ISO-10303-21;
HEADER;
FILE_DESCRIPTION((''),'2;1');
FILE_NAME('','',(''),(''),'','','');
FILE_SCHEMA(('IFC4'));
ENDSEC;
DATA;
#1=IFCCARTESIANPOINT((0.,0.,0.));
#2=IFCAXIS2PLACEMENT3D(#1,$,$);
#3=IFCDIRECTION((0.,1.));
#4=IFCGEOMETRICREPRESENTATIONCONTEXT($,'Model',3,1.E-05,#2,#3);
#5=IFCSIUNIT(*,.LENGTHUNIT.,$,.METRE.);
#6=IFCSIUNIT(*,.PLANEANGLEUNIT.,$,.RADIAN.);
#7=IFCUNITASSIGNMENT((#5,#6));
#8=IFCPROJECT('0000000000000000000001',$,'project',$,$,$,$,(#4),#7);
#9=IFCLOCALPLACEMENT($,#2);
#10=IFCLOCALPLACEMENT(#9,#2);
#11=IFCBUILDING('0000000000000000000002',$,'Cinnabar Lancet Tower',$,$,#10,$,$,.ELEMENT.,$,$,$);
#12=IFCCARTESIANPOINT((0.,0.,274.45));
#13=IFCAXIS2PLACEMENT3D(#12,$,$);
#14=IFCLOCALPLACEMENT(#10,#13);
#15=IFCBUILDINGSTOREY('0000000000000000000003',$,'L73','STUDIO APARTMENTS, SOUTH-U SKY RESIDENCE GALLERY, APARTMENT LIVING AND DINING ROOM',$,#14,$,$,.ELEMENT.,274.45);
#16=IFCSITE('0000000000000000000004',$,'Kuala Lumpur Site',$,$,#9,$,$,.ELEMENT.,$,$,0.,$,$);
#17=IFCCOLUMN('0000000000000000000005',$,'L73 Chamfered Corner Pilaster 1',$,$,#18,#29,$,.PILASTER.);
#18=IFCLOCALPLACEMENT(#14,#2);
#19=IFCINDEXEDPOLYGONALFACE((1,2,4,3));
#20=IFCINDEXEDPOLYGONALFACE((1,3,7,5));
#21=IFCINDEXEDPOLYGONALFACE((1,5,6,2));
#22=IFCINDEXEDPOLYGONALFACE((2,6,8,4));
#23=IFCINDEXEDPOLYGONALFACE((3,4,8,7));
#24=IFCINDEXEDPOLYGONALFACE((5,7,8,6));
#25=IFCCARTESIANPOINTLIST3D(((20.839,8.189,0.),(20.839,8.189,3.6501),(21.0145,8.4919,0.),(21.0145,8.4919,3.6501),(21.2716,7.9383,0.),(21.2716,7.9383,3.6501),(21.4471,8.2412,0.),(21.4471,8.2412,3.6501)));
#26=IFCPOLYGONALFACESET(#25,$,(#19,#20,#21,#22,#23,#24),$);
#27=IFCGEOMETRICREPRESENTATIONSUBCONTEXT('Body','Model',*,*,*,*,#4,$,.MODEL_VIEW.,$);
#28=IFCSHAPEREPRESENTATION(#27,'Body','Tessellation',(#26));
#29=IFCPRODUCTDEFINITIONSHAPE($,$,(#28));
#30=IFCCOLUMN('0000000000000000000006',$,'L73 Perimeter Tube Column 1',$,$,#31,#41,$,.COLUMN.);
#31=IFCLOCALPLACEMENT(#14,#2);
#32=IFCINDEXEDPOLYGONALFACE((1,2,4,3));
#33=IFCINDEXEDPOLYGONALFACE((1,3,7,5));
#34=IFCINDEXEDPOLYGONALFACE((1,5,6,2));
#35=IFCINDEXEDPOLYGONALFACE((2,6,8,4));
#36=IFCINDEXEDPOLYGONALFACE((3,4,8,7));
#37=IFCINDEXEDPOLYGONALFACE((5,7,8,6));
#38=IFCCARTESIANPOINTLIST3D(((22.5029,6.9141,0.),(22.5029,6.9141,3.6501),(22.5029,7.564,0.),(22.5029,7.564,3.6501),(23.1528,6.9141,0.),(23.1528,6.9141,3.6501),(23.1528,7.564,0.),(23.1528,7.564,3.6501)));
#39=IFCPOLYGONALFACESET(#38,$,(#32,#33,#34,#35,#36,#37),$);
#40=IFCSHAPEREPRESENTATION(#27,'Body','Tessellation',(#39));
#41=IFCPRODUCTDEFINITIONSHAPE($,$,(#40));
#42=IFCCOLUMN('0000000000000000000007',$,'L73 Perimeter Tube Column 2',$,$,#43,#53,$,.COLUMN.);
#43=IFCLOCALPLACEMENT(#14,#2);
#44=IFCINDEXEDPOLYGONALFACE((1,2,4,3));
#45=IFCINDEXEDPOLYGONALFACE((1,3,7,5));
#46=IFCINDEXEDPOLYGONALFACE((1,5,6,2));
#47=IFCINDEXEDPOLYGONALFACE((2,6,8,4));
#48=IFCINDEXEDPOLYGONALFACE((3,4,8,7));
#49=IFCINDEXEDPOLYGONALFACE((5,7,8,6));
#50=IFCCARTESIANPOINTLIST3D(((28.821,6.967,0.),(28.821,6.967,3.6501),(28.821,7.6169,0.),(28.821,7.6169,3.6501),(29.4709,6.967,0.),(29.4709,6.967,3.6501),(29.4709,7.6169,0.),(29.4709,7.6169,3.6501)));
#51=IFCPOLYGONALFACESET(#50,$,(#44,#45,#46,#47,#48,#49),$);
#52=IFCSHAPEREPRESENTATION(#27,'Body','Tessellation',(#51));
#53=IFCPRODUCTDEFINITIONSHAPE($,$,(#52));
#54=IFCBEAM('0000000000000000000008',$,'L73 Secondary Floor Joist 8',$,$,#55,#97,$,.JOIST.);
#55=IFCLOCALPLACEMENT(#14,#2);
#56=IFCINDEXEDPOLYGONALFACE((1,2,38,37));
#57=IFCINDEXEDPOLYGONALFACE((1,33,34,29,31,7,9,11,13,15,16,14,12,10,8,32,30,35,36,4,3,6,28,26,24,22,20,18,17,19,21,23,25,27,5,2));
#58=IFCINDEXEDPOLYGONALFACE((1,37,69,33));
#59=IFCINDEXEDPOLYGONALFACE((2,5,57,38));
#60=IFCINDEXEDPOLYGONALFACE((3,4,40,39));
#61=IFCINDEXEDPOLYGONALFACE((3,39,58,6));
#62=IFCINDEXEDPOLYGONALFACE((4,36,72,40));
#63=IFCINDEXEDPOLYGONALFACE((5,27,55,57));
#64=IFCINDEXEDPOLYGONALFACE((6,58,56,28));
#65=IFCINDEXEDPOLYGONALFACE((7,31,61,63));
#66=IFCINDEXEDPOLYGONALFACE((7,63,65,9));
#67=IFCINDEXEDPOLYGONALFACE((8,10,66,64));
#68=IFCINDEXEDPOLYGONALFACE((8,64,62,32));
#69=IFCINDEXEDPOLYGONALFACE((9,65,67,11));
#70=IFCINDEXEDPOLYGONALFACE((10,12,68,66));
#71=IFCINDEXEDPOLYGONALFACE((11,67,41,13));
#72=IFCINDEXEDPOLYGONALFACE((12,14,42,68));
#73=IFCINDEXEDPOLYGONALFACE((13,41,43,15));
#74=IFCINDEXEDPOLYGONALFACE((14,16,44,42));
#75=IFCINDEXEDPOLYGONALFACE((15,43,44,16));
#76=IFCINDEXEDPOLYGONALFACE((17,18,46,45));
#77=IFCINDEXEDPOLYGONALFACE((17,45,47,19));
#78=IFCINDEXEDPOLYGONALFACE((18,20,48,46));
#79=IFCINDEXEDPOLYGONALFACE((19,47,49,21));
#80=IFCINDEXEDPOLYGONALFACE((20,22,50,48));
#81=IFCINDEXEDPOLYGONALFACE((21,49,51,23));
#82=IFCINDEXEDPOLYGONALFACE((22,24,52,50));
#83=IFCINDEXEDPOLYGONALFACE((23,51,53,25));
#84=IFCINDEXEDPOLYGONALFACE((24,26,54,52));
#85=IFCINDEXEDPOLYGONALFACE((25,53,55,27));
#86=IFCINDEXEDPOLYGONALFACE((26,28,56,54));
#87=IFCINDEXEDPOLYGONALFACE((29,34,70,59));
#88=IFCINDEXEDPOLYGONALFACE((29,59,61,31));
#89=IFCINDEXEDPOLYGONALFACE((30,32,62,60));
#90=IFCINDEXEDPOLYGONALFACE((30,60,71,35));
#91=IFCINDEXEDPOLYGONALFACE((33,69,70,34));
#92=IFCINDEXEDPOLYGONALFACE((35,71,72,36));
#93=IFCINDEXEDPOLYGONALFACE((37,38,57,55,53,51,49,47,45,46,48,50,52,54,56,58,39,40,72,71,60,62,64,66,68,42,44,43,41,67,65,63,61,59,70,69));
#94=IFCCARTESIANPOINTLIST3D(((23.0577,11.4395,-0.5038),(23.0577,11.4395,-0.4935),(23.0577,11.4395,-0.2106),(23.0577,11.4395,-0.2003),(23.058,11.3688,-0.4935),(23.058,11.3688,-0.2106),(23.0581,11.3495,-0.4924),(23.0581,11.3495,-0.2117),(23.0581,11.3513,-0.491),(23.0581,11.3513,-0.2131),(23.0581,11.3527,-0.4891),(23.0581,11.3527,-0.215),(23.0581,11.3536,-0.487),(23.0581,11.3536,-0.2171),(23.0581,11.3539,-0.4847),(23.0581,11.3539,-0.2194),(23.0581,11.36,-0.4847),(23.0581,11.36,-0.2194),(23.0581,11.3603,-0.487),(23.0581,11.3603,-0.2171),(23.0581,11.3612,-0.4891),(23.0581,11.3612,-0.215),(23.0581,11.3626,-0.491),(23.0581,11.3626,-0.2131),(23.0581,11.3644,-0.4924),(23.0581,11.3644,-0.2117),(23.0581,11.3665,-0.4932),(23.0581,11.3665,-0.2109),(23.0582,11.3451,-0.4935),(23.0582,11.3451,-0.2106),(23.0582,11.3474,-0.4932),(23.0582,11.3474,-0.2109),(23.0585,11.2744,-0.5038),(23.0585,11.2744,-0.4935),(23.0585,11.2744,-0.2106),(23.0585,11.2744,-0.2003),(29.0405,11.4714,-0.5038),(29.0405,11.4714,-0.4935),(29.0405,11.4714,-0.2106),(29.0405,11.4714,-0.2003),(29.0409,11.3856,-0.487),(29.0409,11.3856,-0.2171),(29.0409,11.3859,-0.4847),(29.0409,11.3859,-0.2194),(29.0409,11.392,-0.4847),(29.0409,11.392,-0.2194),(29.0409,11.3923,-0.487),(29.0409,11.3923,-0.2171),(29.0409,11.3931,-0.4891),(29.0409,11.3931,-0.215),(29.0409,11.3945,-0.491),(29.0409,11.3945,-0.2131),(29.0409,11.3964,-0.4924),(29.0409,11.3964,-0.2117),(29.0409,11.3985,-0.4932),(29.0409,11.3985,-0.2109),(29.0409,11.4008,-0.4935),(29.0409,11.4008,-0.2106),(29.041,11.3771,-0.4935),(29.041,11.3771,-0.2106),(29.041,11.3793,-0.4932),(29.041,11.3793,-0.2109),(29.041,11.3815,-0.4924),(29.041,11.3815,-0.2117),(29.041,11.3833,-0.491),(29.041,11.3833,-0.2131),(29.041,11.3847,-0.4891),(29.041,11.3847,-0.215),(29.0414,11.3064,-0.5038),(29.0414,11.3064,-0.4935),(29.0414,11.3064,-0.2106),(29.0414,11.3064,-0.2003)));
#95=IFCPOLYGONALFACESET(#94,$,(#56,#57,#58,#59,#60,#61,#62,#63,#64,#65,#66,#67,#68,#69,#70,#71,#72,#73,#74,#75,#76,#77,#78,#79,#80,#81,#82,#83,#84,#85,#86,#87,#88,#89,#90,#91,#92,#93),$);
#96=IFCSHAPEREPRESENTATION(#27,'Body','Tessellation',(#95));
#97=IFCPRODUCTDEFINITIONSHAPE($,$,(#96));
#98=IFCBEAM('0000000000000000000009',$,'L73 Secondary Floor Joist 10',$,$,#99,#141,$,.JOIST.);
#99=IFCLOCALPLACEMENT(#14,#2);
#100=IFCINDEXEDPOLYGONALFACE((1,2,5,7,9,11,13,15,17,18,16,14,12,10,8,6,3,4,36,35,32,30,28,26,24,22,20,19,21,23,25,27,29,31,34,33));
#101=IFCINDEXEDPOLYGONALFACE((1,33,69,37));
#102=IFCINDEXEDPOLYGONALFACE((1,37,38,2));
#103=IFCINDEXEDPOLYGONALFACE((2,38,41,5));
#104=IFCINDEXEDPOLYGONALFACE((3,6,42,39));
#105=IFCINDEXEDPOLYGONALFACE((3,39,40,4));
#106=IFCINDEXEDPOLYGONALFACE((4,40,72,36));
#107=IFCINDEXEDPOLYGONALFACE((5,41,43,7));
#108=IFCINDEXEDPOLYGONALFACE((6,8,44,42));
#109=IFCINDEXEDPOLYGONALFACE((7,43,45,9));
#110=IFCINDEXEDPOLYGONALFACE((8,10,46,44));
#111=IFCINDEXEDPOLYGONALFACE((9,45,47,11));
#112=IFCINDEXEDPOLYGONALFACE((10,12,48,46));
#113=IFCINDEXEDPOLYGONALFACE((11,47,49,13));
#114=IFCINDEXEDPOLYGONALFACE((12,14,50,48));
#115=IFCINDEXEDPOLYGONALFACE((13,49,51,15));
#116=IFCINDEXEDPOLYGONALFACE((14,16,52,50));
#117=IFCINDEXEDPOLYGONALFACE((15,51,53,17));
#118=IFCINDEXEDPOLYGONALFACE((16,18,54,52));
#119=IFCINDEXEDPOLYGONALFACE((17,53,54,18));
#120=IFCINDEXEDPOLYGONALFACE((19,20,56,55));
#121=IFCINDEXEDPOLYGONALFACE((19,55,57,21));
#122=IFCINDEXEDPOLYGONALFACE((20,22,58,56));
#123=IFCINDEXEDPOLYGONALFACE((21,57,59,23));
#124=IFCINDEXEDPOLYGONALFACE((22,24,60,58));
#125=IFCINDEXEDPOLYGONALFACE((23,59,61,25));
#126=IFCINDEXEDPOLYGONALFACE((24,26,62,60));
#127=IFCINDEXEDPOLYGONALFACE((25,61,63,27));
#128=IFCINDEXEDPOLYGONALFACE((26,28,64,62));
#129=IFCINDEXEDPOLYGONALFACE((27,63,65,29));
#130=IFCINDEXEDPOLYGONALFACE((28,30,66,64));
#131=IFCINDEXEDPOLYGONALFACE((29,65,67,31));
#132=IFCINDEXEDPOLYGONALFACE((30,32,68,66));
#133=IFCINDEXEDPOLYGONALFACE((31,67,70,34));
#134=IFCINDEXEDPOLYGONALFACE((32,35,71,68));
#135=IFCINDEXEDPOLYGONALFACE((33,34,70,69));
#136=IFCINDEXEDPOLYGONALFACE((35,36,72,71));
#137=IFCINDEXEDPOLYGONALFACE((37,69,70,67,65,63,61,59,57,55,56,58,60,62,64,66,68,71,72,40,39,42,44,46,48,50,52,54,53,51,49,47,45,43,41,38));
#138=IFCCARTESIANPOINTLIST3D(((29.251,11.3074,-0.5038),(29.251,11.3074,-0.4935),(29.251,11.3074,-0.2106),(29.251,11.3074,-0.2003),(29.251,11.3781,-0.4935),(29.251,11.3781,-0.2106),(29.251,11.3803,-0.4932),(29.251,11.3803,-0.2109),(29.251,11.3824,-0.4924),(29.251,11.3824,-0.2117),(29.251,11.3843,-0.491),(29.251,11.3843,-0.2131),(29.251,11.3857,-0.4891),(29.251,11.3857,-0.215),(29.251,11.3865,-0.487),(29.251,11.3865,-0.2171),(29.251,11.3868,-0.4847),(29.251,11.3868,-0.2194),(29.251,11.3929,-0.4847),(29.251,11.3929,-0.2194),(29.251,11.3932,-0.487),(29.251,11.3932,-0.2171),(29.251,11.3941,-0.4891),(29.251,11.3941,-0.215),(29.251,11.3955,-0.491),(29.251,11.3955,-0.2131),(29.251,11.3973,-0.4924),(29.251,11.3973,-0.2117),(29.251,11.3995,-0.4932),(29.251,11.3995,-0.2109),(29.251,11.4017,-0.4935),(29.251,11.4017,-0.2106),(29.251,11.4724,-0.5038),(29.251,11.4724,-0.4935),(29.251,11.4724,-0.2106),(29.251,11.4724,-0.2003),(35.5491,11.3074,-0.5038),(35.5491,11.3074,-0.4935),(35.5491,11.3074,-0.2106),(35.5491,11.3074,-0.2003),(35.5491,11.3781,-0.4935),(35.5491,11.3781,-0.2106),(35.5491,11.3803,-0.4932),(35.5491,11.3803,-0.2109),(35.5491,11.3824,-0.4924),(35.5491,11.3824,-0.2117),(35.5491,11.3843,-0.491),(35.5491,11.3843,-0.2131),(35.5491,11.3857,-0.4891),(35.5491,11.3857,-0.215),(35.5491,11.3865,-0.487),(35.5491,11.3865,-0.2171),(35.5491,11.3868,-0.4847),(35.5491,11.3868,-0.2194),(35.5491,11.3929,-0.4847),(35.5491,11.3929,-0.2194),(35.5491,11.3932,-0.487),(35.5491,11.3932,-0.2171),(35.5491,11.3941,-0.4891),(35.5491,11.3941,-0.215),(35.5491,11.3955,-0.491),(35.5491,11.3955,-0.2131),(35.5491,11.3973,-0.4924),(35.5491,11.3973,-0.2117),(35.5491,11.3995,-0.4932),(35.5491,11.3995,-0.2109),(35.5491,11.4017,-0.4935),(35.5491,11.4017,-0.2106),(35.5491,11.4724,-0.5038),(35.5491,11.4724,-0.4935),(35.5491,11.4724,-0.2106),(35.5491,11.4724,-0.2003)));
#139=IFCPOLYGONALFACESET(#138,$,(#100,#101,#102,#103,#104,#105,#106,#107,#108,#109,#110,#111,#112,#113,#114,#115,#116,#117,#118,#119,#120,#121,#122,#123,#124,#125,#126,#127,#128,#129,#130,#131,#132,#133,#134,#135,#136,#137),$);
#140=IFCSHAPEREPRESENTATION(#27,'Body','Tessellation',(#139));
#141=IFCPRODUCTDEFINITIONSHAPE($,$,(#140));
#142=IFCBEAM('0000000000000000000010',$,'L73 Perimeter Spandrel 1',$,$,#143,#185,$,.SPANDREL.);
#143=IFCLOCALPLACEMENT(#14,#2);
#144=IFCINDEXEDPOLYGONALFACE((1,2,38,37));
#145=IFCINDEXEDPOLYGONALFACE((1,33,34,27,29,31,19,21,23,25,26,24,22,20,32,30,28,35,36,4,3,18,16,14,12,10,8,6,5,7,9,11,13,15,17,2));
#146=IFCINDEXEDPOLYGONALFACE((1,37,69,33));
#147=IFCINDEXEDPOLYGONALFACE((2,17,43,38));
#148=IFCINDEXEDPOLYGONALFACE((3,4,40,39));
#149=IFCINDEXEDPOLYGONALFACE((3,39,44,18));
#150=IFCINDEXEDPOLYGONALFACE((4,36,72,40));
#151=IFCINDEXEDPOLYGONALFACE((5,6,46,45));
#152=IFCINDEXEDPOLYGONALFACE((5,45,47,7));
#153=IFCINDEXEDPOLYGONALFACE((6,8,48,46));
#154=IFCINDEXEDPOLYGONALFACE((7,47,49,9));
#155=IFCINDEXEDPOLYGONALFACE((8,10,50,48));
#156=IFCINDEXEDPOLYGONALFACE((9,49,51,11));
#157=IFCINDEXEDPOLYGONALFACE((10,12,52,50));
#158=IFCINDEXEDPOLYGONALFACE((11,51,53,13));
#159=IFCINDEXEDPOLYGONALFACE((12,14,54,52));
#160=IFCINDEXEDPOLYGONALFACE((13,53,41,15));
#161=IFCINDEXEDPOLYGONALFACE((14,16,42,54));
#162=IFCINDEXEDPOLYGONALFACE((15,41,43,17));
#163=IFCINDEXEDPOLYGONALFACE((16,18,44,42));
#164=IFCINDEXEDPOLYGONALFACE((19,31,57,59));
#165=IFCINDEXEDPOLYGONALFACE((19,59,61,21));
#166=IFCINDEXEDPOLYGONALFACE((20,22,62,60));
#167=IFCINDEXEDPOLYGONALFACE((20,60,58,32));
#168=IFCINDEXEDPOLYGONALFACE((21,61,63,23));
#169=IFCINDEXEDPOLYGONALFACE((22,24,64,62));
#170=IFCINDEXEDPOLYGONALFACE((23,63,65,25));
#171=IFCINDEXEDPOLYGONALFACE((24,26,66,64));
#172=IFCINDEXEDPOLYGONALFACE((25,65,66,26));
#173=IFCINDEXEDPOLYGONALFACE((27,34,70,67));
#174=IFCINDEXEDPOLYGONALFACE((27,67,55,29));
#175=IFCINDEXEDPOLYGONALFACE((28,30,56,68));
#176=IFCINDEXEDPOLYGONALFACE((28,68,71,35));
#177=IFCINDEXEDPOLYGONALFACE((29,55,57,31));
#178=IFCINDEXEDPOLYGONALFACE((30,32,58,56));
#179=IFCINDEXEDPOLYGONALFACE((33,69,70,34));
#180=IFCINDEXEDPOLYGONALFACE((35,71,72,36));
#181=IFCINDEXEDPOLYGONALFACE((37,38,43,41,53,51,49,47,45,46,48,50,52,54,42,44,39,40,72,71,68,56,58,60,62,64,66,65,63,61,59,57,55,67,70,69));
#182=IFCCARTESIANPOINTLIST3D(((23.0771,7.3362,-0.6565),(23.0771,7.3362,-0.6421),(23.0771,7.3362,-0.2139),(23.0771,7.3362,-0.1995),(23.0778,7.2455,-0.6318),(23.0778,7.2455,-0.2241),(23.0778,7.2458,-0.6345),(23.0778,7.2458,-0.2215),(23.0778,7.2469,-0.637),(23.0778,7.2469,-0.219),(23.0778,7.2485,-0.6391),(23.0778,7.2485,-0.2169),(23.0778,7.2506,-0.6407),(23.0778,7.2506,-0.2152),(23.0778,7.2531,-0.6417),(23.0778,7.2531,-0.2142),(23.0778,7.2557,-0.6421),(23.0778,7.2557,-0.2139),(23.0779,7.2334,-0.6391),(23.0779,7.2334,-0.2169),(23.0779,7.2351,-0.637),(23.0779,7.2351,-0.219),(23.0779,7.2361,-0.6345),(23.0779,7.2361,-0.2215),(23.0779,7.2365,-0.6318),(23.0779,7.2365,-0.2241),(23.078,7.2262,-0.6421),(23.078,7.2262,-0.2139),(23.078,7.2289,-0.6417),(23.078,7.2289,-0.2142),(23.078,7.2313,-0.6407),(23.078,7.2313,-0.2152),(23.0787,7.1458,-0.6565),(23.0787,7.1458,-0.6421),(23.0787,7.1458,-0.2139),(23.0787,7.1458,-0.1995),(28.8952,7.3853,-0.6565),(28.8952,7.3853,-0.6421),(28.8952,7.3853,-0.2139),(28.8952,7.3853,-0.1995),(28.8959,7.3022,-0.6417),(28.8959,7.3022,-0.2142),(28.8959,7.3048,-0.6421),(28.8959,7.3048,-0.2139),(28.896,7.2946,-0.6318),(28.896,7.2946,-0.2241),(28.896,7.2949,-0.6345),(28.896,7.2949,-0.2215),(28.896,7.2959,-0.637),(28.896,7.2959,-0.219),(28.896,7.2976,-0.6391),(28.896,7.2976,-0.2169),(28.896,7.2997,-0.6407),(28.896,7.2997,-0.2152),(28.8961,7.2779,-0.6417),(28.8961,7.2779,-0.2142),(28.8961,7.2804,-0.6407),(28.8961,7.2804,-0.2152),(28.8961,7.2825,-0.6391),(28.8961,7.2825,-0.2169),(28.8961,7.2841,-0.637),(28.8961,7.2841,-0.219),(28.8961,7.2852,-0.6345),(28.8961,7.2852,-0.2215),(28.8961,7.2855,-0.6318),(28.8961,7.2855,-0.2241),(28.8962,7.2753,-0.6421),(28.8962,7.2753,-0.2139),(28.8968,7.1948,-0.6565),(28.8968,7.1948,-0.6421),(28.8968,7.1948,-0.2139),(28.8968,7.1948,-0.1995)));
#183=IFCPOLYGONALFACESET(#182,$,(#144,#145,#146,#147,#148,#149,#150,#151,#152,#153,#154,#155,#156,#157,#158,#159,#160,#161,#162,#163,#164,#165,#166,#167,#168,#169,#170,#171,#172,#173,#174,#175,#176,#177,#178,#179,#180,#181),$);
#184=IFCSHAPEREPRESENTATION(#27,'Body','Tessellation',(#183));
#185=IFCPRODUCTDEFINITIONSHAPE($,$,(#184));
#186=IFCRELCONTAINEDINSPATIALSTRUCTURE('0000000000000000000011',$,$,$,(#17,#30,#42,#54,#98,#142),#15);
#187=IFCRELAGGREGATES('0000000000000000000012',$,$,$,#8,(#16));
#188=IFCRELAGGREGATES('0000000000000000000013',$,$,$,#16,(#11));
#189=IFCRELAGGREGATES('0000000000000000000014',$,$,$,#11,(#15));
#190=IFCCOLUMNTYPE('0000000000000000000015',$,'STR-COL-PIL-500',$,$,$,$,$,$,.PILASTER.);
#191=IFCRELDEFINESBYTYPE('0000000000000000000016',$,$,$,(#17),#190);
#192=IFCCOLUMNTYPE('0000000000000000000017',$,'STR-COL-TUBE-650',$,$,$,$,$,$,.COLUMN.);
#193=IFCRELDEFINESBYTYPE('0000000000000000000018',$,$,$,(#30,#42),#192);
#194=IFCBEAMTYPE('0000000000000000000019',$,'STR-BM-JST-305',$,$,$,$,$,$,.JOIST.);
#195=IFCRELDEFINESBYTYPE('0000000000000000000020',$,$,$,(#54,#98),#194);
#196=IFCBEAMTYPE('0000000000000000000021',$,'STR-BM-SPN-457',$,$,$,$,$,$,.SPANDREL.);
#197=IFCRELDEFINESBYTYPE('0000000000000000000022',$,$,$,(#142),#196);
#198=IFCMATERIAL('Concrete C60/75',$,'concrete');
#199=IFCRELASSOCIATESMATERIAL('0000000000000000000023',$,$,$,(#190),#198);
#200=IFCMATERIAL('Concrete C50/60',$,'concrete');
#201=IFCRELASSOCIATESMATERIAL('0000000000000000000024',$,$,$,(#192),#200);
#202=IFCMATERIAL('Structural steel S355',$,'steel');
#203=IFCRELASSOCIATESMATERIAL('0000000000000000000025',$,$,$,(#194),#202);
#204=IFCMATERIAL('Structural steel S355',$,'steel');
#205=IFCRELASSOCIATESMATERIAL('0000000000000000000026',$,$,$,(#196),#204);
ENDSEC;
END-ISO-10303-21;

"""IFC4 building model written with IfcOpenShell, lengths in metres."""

from ifc_helpers import new_model, si_unit, direction, frame, origin, origin_2d, place, context, subcontext, project, spatial, rectangle, i_section, extrude, material, material_profile, profile_set, type_object, element, save


model = new_model("IFC4")

# Units and contexts
model_context = context("Model", 3, precision=1e-05, world=origin(), true_north=direction((0.0, 1.0)))
body_context = subcontext(model_context, "Body", "Model", "MODEL_VIEW")
ifc_project = project(units=[si_unit("LENGTHUNIT", "METRE"), si_unit("PLANEANGLEUNIT", "RADIAN")], contexts=[model_context])

# Site, building, storey
site_placement = place(None, origin())
site = spatial("IfcSite", under=ifc_project, at=site_placement, Name="Kuala Lumpur Site", CompositionType="ELEMENT", RefElevation=0.0)
building_placement = place(site_placement, origin())
building = spatial("IfcBuilding", under=site, at=building_placement, Name="Cinnabar Lancet Tower", CompositionType="ELEMENT")
storey_placement = place(building_placement, frame((0.0, 0.0, 274.45)))
storey = spatial("IfcBuildingStorey", under=building, at=storey_placement, Name="L73", Description="STUDIO APARTMENTS, SOUTH-U SKY RESIDENCE GALLERY, APARTMENT LIVING AND DINING ROOM", CompositionType="ELEMENT", Elevation=274.45)

# Columns
ifc_material_1 = material(Name="Concrete C60/75", Category="concrete")
ifc_material_profile_1 = material_profile(ifc_material_1, rectangle(XDim=0.5, YDim=0.3501, at=origin_2d()), Name="RC-PIL 500x350")
ifc_profile_set_1 = profile_set([ifc_material_profile_1], Name="Concrete C60/75")
column_type_1 = type_object("IfcColumnType", Name="STR-COL-PIL-500", PredefinedType="PILASTER", material=ifc_profile_set_1)
column_placement = place(storey_placement, frame((21.1431, 8.2151, 0.0), z_axis=(0.0, 0.0, 1.0), x_axis=(0.865256, -0.50133, 0.0)))
element("IfcColumn", 1, at=column_placement, inside=storey, type_object=column_type_1, Name="L73 Chamfered Corner Pilaster 1", PredefinedType="PILASTER", context=body_context, shape_type="SweptSolid", body=[
    extrude(rectangle(XDim=0.5, YDim=0.3501, at=origin_2d()), origin(), (0.0, 0.0, 1.0), 3.6501),
])
ifc_material_2 = material(Name="Concrete C50/60", Category="concrete")
ifc_material_profile_2 = material_profile(ifc_material_2, rectangle(XDim=0.6499, YDim=0.6499, at=origin_2d()), Name="RC-COL 650x650")
ifc_profile_set_2 = profile_set([ifc_material_profile_2], Name="Concrete C50/60")
column_type_2 = type_object("IfcColumnType", Name="STR-COL-TUBE-650", PredefinedType="COLUMN", material=ifc_profile_set_2)
for number, where, z_axis, x_axis, name in (
    (2, (22.8279, 7.239, 0.0), (0.0, 0.0, 1.0), (1.0, 0.0, 0.0), "L73 Perimeter Tube Column 1"),
    (3, (29.146, 7.292, 0.0), (0.0, 0.0, 1.0), (1.0, 0.0, 0.0), "L73 Perimeter Tube Column 2"),
):
    element("IfcColumn", number, at=place(storey_placement, frame(where, z_axis=z_axis, x_axis=x_axis)), inside=storey, type_object=column_type_2, Name=name, PredefinedType="COLUMN", context=body_context, shape_type="SweptSolid", body=[
        extrude(rectangle(XDim=0.6499, YDim=0.6499, at=origin_2d()), origin(), (0.0, 0.0, 1.0), 3.6501),
    ])

# Beams
ifc_material_3 = material(Name="Structural steel S355", Category="steel")
ifc_material_profile_3 = material_profile(ifc_material_3, i_section(OverallWidth=0.165, OverallDepth=0.3035, WebThickness=0.0061, FlangeThickness=0.0103, FilletRadius=0.0088, at=origin_2d()), Name="UKB 305x165x40")
ifc_profile_set_3 = profile_set([ifc_material_profile_3], Name="Structural steel S355")
beam_type_1 = type_object("IfcBeamType", Name="STR-BM-JST-305", PredefinedType="JOIST", material=ifc_profile_set_3)
beam_1_placement = place(storey_placement, frame((23.0581, 11.3569, -0.3521), z_axis=(0.999986, 0.005346, 0.0), x_axis=(-0.005346, 0.999986, 0.0)))
element("IfcBeam", 4, at=beam_1_placement, inside=storey, type_object=beam_type_1, Name="L73 Secondary Floor Joist 8", PredefinedType="JOIST", context=body_context, shape_type="SweptSolid", body=[
    extrude(i_section(OverallWidth=0.165, OverallDepth=0.3035, WebThickness=0.0061, FlangeThickness=0.0103, FilletRadius=0.0088, at=origin_2d()), origin(), (0.0, 0.0, 1.0), 5.9829),
])
beam_2_placement = place(storey_placement, frame((29.251, 11.3899, -0.3521), z_axis=(1.0, 0.0, 0.0), x_axis=(0.0, 1.0, 0.0)))
element("IfcBeam", 5, at=beam_2_placement, inside=storey, type_object=beam_type_1, Name="L73 Secondary Floor Joist 10", PredefinedType="JOIST", context=body_context, shape_type="SweptSolid", body=[
    extrude(i_section(OverallWidth=0.165, OverallDepth=0.3035, WebThickness=0.0061, FlangeThickness=0.0103, FilletRadius=0.0088, at=origin_2d()), origin(), (0.0, 0.0, 1.0), 6.2981),
])
ifc_material_4 = material(Name="Structural steel S355", Category="steel")
ifc_material_profile_4 = material_profile(ifc_material_4, i_section(OverallWidth=0.1904, OverallDepth=0.457, WebThickness=0.009, FlangeThickness=0.0144, FilletRadius=0.0103, at=origin_2d()), Name="UKB 457x191x74")
ifc_profile_set_4 = profile_set([ifc_material_profile_4], Name="Structural steel S355")
beam_type_2 = type_object("IfcBeamType", Name="STR-BM-SPN-457", PredefinedType="SPANDREL", material=ifc_profile_set_4)
beam_3_placement = place(storey_placement, frame((23.0779, 7.241, -0.428), z_axis=(0.999964, 0.008434, 0.0), x_axis=(-0.008434, 0.999964, 0.0)))
element("IfcBeam", 6, at=beam_3_placement, inside=storey, type_object=beam_type_2, Name="L73 Perimeter Spandrel 1", PredefinedType="SPANDREL", context=body_context, shape_type="SweptSolid", body=[
    extrude(i_section(OverallWidth=0.1904, OverallDepth=0.457, WebThickness=0.009, FlangeThickness=0.0144, FilletRadius=0.0103, at=origin_2d()), origin(), (0.0, 0.0, 1.0), 5.8184),
])

save(model, "model.ifc")
